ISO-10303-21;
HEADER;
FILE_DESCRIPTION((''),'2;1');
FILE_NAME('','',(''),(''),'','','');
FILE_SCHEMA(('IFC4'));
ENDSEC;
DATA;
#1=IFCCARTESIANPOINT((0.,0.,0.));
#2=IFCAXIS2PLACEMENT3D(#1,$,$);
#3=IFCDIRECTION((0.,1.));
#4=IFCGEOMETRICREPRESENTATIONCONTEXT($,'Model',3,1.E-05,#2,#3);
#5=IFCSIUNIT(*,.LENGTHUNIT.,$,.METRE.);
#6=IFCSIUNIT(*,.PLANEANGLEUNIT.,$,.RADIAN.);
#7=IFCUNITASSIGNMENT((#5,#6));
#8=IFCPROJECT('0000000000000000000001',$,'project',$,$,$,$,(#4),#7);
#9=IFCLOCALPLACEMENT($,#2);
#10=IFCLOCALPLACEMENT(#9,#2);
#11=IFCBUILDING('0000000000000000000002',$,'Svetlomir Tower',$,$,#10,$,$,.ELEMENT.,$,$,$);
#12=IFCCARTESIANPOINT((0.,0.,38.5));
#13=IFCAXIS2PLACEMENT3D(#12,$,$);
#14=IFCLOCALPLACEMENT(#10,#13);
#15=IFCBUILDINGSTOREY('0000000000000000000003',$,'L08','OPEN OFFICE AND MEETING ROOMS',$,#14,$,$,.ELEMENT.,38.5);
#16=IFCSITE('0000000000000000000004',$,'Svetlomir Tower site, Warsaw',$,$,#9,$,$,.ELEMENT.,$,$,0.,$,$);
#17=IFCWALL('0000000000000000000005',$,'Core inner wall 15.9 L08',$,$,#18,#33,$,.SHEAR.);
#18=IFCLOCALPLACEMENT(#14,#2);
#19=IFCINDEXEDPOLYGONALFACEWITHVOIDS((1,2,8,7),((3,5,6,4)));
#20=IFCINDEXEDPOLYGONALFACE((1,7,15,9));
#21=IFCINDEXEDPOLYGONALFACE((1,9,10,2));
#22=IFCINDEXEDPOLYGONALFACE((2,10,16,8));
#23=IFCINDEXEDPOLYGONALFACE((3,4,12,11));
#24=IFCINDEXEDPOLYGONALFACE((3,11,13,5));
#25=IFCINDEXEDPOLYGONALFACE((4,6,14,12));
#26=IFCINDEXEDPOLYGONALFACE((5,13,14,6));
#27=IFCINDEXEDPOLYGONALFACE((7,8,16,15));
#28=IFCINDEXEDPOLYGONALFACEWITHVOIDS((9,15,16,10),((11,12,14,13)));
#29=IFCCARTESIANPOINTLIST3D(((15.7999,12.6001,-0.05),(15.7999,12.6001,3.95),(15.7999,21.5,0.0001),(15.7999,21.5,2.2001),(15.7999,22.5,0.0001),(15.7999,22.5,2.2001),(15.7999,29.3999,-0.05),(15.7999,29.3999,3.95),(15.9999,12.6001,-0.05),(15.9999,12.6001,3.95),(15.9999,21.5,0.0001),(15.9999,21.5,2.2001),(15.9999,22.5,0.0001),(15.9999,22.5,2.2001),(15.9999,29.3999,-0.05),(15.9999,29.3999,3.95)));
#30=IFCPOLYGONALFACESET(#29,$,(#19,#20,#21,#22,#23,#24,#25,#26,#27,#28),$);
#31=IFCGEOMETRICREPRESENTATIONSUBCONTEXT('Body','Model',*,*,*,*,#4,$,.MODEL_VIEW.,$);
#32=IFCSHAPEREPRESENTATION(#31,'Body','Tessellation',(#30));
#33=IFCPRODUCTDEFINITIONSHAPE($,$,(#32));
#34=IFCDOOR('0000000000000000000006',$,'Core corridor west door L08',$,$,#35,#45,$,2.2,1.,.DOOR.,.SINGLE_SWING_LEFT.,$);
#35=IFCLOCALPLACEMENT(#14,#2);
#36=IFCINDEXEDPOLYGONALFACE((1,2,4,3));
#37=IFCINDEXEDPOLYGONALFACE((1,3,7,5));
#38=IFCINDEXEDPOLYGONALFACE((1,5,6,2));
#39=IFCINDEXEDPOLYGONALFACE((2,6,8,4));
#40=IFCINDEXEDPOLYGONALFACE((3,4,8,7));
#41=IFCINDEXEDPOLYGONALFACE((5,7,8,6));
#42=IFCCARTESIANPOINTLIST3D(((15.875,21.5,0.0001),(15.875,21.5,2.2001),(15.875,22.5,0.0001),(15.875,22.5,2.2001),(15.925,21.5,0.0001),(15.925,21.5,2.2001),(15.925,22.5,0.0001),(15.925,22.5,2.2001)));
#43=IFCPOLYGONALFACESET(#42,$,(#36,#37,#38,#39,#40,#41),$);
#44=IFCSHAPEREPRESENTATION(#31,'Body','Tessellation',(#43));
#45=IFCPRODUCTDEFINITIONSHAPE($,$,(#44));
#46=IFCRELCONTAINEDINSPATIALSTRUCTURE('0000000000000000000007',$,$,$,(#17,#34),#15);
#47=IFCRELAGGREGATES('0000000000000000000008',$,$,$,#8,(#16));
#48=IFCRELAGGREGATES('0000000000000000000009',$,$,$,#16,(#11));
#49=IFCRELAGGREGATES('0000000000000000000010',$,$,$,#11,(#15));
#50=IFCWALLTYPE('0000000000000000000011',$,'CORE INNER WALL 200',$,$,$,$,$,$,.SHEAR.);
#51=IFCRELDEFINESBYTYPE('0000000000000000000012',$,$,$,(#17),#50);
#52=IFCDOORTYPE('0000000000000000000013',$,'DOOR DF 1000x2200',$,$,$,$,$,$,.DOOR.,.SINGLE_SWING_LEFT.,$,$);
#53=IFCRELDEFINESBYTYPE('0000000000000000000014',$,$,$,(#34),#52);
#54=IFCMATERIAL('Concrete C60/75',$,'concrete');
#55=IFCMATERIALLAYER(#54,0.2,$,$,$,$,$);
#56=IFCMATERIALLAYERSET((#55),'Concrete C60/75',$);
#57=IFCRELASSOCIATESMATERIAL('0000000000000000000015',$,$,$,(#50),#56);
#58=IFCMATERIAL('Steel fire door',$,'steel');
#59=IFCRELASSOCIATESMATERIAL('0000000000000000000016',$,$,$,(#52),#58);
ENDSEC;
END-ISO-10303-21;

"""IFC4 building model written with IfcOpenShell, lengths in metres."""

from ifc_helpers import new_model, si_unit, direction, frame, frame_2d, origin, place, context, subcontext, project, spatial, rectangle, extrude, material, layer, layer_set, type_object, element, fill, save


model = new_model("IFC4")

# Units and contexts
model_context = context("Model", 3, precision=1e-05, world=origin(), true_north=direction((0.0, 1.0)))
body_context = subcontext(model_context, "Body", "Model", "MODEL_VIEW")
ifc_project = project(units=[si_unit("LENGTHUNIT", "METRE"), si_unit("PLANEANGLEUNIT", "RADIAN")], contexts=[model_context])

# Site, building, storey
site_placement = place(None, origin())
site = spatial("IfcSite", under=ifc_project, at=site_placement, Name="Svetlomir Tower site, Warsaw", CompositionType="ELEMENT", RefElevation=0.0)
building_placement = place(site_placement, origin())
building = spatial("IfcBuilding", under=site, at=building_placement, Name="Svetlomir Tower", CompositionType="ELEMENT")
storey_placement = place(building_placement, frame((0.0, 0.0, 38.5)))
storey = spatial("IfcBuildingStorey", under=building, at=storey_placement, Name="L08", Description="OPEN OFFICE AND MEETING ROOMS", CompositionType="ELEMENT", Elevation=38.5)

# Wall, opening, door
ifc_material_1 = material(Name="Concrete C60/75", Category="concrete")
ifc_layer_1 = layer(ifc_material_1, 0.2)
ifc_layer_set_1 = layer_set([ifc_layer_1], Name="Concrete C60/75")
wall_type_1 = type_object("IfcWallType", Name="CORE INNER WALL 200", PredefinedType="SHEAR", material=ifc_layer_set_1)
wall_1_placement = place(storey_placement, frame((15.8999, 12.6001, -0.05), z_axis=(0.0, 0.0, 1.0), x_axis=(0.0, 1.0, 0.0)))
wall_1 = element("IfcWall", 1, at=wall_1_placement, inside=storey, type_object=wall_type_1, Name="Core inner wall 15.9 L08", PredefinedType="SHEAR", context=body_context, shape_type="SweptSolid", body=[
    extrude(rectangle(XDim=16.7998, YDim=0.2, at=frame_2d((8.3999, 0.0))), origin(), (0.0, 0.0, 1.0), 4.0),
])
opening_1_placement = place(wall_1_placement, frame((8.8999, 0.0, 0.05)))
opening_1 = element("IfcOpeningElement", 2, at=opening_1_placement, cuts=wall_1, PredefinedType="OPENING", context=body_context, shape_type="SweptSolid", body=[
    extrude(rectangle(XDim=1.0, YDim=2.2, at=frame_2d((0.5, 1.1001))), frame((0.0, 0.1099, 0.0), z_axis=(0.0, -1.0, 0.0), x_axis=(1.0, 0.0, 0.0)), (0.0, 0.0, 1.0), 0.22),
])
ifc_material_2 = material(Name="Steel fire door", Category="steel")
door_type_1 = type_object("IfcDoorType", Name="DOOR DF 1000x2200", OperationType="SINGLE_SWING_LEFT", PredefinedType="DOOR", material=ifc_material_2)
door_1_placement = place(opening_1_placement, origin())
door_1 = element("IfcDoor", 3, at=door_1_placement, inside=storey, type_object=door_type_1, Name="Core corridor west door L08", OperationType="SINGLE_SWING_LEFT", OverallHeight=2.2, OverallWidth=1.0, PredefinedType="DOOR", context=body_context, shape_type="SweptSolid", body=[
    extrude(rectangle(XDim=1.0, YDim=2.2, at=frame_2d((0.5, 1.1001))), frame((0.0, 0.0249, 0.0), z_axis=(0.0, -1.0, 0.0), x_axis=(1.0, 0.0, 0.0)), (0.0, 0.0, 1.0), 0.05),
])
fill(opening_1, door_1)

save(model, "model.ifc")
